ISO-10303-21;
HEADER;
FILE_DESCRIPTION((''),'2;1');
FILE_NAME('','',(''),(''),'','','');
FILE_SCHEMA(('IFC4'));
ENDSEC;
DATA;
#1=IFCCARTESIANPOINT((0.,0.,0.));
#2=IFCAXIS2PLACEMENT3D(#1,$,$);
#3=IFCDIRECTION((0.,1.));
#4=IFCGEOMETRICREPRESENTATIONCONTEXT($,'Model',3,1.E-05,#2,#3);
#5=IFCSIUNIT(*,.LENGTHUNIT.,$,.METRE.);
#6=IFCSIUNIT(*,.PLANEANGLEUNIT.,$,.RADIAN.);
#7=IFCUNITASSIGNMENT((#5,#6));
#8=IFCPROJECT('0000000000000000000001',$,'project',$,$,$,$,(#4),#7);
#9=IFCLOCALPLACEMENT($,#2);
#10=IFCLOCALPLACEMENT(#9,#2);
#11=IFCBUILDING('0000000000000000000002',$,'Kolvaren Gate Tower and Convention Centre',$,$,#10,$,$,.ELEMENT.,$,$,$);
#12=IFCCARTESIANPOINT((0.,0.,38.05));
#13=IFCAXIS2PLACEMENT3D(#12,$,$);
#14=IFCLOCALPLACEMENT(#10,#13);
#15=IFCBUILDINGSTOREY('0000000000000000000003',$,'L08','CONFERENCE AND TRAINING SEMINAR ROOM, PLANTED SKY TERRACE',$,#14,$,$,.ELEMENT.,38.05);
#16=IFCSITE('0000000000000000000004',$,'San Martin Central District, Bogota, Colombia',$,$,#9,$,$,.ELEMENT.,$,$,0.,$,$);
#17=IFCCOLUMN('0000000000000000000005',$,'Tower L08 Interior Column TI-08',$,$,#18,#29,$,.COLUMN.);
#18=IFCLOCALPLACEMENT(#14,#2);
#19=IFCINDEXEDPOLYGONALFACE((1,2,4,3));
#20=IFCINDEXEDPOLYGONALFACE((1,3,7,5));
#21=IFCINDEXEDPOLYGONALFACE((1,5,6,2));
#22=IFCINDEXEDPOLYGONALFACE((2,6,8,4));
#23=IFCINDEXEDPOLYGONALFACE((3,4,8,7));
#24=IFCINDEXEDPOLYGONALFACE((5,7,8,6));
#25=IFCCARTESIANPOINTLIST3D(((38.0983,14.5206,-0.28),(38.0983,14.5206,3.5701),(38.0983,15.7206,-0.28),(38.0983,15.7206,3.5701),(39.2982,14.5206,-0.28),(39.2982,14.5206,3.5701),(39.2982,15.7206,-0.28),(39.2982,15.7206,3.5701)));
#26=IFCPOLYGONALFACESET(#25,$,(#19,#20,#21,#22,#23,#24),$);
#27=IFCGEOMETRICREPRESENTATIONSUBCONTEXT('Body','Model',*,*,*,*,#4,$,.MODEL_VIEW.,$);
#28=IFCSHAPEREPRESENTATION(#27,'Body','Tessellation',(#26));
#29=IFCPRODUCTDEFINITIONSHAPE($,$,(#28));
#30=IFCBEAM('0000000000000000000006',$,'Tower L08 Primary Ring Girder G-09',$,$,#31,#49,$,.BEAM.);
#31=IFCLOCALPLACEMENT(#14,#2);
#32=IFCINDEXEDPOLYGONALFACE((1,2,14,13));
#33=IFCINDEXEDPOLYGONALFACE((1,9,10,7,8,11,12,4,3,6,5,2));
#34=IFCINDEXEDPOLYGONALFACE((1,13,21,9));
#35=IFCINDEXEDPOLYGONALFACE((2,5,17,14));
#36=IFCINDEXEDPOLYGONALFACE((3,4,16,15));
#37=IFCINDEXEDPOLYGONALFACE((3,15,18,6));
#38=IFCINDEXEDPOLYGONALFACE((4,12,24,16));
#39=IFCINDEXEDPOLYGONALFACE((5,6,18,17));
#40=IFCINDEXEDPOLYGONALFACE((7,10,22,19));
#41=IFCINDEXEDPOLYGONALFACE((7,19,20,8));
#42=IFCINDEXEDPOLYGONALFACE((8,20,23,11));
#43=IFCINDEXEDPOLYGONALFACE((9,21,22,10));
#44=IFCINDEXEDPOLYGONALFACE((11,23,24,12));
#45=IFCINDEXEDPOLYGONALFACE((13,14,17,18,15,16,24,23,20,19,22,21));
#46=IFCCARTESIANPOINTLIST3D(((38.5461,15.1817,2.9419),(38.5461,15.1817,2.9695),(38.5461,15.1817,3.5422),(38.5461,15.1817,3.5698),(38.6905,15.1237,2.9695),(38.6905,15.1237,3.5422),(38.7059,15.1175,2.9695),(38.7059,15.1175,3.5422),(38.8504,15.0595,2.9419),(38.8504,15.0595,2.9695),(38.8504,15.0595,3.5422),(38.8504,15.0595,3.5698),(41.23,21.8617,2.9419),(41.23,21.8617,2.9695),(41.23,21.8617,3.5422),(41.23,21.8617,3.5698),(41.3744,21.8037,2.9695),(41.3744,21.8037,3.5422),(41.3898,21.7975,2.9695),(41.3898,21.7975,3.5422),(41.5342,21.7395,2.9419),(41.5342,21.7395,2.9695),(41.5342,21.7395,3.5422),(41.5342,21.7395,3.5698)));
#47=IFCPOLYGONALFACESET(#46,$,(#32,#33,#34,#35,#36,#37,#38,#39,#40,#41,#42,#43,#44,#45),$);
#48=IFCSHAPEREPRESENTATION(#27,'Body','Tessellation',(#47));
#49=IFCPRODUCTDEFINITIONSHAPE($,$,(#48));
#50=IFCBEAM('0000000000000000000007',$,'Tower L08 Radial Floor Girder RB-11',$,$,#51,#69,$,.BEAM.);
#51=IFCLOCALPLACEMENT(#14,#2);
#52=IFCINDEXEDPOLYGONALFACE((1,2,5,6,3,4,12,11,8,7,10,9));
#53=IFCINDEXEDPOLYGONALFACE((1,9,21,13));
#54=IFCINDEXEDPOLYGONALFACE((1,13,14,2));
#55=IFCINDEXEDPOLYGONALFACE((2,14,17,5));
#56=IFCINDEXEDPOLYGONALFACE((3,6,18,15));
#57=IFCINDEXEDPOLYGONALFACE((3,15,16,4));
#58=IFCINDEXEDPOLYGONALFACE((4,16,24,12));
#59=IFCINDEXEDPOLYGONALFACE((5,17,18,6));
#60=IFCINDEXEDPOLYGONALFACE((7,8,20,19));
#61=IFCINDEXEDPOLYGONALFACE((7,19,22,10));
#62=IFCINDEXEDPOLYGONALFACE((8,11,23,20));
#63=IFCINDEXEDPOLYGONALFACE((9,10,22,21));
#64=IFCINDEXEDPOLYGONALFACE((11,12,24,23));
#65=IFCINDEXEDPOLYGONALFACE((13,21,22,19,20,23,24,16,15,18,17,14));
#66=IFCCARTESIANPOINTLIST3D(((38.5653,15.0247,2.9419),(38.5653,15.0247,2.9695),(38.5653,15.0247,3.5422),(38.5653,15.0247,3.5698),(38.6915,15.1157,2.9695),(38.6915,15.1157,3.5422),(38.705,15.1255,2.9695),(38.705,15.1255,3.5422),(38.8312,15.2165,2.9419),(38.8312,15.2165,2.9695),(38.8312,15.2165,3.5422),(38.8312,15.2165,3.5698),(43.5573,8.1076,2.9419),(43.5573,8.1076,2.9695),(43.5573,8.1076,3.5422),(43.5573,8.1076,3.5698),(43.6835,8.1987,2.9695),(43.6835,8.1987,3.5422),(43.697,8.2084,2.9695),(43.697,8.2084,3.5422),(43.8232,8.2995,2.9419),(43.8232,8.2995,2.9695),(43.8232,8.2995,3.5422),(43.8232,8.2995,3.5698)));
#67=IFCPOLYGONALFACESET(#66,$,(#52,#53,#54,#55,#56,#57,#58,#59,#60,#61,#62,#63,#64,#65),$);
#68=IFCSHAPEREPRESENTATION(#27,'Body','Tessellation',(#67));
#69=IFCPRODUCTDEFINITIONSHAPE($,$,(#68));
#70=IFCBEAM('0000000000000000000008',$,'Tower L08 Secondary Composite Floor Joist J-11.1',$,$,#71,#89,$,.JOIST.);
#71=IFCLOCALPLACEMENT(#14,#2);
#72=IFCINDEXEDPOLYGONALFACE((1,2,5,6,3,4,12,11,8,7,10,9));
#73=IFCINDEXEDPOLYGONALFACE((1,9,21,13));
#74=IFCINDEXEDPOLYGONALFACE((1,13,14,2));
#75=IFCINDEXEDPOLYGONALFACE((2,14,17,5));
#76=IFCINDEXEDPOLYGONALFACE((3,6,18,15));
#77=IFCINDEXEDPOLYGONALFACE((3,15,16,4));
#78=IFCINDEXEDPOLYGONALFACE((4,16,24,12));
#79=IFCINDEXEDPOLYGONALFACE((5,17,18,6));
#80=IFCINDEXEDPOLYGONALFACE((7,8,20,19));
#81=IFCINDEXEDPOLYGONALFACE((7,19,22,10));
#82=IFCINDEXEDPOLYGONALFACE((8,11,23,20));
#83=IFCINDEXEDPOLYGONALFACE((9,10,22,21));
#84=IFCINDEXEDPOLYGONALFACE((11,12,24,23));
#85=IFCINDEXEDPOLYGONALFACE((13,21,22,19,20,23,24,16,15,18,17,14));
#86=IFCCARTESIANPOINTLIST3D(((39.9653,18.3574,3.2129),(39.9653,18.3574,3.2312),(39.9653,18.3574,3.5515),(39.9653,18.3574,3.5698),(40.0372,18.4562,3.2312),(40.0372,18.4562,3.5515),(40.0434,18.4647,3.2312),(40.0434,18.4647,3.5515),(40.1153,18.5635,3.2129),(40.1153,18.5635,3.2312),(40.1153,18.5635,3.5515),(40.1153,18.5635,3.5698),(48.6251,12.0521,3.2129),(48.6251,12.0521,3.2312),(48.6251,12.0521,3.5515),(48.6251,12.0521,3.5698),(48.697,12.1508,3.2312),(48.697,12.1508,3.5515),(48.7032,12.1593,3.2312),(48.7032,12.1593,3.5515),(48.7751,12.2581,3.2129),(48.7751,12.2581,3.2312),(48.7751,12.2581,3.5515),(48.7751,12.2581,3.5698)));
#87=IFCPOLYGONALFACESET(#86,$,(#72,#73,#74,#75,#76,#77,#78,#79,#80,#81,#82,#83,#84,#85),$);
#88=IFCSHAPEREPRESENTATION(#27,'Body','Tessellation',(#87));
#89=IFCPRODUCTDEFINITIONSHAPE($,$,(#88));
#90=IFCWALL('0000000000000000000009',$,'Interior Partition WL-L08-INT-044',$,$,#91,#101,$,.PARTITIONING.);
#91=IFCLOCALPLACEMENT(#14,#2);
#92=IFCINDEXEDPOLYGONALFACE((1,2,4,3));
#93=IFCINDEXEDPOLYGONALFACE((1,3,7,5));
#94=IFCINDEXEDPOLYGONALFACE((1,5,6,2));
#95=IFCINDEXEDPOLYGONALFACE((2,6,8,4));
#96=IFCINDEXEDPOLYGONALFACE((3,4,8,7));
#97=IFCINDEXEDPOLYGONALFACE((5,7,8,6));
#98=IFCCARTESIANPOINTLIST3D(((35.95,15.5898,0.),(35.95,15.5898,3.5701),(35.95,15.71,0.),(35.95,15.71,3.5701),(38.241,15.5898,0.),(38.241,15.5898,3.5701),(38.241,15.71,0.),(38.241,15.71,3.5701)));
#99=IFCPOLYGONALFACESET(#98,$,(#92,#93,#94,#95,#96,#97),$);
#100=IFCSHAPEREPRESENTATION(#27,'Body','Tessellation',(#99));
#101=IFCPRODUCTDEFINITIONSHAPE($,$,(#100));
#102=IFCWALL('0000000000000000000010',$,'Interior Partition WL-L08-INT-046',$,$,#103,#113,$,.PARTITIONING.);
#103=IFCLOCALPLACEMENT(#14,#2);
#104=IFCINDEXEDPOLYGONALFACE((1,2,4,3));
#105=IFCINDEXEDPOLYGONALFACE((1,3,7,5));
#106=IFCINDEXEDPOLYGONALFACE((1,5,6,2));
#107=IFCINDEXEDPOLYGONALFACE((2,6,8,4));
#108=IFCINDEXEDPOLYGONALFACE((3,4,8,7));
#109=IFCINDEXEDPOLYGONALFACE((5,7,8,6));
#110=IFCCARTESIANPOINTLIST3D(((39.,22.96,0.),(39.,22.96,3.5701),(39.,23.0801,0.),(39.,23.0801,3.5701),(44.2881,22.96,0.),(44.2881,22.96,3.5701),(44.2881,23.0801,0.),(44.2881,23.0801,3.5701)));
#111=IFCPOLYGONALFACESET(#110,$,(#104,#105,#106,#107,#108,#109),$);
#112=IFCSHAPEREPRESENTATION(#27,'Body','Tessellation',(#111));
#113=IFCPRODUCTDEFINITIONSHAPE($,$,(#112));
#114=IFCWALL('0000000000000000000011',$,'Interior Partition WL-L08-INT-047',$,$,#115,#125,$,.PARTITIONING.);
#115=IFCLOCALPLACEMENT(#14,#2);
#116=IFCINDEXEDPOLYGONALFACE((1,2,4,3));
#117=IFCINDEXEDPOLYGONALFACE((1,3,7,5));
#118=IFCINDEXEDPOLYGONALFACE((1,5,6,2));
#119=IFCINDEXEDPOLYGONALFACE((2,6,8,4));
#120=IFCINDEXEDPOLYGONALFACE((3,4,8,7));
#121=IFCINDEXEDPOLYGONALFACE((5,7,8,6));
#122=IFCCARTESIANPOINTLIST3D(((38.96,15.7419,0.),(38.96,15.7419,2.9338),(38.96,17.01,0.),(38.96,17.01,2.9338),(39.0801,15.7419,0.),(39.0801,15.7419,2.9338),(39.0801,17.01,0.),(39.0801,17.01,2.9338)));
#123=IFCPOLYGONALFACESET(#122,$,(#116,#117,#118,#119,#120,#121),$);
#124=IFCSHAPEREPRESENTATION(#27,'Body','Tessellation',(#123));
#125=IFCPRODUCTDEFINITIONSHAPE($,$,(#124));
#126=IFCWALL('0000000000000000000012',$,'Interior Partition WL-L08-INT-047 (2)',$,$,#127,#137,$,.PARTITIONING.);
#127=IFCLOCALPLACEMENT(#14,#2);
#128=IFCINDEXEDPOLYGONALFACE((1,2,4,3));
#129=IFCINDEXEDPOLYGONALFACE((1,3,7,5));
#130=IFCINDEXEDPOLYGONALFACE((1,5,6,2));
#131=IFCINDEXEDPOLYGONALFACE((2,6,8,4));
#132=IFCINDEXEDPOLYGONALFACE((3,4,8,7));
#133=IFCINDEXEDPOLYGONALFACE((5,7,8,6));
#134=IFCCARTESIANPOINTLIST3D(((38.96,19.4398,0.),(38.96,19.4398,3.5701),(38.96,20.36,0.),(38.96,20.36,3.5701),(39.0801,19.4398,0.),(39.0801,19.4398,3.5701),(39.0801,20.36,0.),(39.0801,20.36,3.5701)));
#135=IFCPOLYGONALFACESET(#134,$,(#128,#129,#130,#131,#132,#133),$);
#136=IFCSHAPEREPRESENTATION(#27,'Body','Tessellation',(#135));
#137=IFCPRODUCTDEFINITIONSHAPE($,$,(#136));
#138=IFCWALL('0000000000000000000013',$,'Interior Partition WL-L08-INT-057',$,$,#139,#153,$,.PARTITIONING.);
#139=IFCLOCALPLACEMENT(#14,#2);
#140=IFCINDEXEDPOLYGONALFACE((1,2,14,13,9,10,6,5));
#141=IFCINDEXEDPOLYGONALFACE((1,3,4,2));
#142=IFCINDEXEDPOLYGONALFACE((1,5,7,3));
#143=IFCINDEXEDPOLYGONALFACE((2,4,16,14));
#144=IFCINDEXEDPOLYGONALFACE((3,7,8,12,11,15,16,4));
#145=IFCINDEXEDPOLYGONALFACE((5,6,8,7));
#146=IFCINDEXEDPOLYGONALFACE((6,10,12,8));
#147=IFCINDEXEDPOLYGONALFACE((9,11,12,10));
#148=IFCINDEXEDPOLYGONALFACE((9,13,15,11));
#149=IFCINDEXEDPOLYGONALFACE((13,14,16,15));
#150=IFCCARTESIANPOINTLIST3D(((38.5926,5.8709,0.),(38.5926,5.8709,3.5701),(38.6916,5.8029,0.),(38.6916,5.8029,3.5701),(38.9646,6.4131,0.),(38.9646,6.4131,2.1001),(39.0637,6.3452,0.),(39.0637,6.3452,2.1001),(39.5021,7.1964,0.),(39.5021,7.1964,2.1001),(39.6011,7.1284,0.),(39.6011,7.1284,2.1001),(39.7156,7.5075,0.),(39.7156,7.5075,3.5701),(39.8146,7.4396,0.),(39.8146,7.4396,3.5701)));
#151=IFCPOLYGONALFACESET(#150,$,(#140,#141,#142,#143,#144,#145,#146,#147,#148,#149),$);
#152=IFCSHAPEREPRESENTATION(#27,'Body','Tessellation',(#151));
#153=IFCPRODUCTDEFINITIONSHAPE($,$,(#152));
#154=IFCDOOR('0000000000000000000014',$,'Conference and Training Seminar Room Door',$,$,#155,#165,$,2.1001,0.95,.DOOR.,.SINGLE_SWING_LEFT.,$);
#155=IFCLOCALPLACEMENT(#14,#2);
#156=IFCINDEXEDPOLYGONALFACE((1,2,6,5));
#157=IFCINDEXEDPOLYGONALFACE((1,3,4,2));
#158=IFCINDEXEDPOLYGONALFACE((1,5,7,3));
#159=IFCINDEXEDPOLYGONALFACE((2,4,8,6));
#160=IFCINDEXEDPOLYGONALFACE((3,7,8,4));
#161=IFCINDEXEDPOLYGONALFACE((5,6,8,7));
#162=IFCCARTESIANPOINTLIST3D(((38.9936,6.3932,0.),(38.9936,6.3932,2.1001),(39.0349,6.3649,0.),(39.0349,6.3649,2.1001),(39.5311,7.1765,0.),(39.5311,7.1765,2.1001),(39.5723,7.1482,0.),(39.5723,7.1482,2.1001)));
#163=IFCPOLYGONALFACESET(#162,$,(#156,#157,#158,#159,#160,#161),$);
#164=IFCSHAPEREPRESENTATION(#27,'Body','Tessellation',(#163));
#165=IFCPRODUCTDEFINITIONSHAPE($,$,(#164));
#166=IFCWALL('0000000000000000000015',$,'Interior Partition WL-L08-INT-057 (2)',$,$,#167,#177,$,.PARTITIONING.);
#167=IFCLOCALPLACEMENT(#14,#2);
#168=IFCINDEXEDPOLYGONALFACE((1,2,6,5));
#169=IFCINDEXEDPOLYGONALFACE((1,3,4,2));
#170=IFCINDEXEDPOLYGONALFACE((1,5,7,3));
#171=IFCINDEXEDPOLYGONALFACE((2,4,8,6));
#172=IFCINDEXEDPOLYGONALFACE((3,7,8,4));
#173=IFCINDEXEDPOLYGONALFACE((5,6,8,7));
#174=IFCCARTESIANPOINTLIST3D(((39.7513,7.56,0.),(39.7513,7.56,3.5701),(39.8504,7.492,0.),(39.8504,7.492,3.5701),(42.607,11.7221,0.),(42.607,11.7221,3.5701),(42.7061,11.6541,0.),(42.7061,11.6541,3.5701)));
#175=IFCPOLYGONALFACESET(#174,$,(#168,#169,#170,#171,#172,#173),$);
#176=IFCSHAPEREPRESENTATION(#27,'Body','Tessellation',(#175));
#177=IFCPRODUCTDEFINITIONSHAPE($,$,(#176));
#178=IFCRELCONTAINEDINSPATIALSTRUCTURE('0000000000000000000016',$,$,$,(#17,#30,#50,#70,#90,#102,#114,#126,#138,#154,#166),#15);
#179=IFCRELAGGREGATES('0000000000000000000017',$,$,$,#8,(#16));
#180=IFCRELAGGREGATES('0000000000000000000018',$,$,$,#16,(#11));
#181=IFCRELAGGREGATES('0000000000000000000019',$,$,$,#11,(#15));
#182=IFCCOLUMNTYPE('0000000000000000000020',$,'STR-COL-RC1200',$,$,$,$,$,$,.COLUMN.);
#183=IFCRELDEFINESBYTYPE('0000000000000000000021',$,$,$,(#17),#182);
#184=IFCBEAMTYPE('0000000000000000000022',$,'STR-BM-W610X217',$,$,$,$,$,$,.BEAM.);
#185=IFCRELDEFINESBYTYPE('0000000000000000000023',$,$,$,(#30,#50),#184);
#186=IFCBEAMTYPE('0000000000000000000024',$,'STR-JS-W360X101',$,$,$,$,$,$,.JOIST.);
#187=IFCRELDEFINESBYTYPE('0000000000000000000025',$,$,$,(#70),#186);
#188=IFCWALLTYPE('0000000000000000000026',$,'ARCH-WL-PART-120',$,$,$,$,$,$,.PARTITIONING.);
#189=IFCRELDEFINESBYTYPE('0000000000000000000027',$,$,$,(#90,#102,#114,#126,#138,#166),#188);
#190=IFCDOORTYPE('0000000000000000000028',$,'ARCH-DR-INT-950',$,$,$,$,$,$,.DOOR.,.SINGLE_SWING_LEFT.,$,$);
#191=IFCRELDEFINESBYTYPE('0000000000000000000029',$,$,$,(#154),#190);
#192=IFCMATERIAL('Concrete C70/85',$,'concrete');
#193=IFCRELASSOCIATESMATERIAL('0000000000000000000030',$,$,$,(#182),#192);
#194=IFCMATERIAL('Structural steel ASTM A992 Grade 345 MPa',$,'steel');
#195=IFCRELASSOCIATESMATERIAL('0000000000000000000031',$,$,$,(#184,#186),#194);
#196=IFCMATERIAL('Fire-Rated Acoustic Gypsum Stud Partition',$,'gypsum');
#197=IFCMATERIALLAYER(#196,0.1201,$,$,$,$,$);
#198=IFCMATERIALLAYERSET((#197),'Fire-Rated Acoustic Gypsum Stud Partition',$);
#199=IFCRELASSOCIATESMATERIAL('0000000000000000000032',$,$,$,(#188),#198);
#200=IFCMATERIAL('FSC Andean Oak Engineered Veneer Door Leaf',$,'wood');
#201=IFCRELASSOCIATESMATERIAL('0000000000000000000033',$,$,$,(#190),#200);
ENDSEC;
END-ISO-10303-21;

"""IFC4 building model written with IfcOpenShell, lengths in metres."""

from ifc_helpers import new_model, si_unit, direction, frame, frame_2d, origin, origin_2d, place, context, subcontext, project, spatial, rectangle, i_section, extrude, material, layer, layer_set, material_profile, profile_set, type_object, element, fill, save


model = new_model("IFC4")

# Units and contexts
model_context = context("Model", 3, precision=1e-05, world=origin(), true_north=direction((0.0, 1.0)))
body_context = subcontext(model_context, "Body", "Model", "MODEL_VIEW")
ifc_project = project(units=[si_unit("LENGTHUNIT", "METRE"), si_unit("PLANEANGLEUNIT", "RADIAN")], contexts=[model_context])

# Site, building, storey
site_placement = place(None, origin())
site = spatial("IfcSite", under=ifc_project, at=site_placement, Name="San Martin Central District, Bogota, Colombia", CompositionType="ELEMENT", RefElevation=0.0)
building_placement = place(site_placement, origin())
building = spatial("IfcBuilding", under=site, at=building_placement, Name="Kolvaren Gate Tower and Convention Centre", CompositionType="ELEMENT")
storey_placement = place(building_placement, frame((0.0, 0.0, 38.05)))
storey = spatial("IfcBuildingStorey", under=building, at=storey_placement, Name="L08", Description="CONFERENCE AND TRAINING SEMINAR ROOM, PLANTED SKY TERRACE", CompositionType="ELEMENT", Elevation=38.05)

# Column
ifc_material_1 = material(Name="Concrete C70/85", Category="concrete")
ifc_material_profile_1 = material_profile(ifc_material_1, rectangle(XDim=1.2, YDim=1.2, at=origin_2d()), Name="RC-COL-1200X1200")
ifc_profile_set_1 = profile_set([ifc_material_profile_1], Name="Concrete C70/85")
column_type = type_object("IfcColumnType", Name="STR-COL-RC1200", PredefinedType="COLUMN", material=ifc_profile_set_1)
column_placement = place(storey_placement, frame((38.6982, 15.1206, -0.28), z_axis=(0.0, 0.0, 1.0), x_axis=(1.0, 0.0, 0.0)))
element("IfcColumn", 1, at=column_placement, inside=storey, type_object=column_type, Name="Tower L08 Interior Column TI-08", PredefinedType="COLUMN", context=body_context, shape_type="SweptSolid", body=[
    extrude(rectangle(XDim=1.2, YDim=1.2, at=origin_2d()), origin(), (0.0, 0.0, 1.0), 3.8501),
])

# Beams
ifc_material_2 = material(Name="Structural steel ASTM A992 Grade 345 MPa", Category="steel")
ifc_material_profile_2 = material_profile(ifc_material_2, i_section(OverallWidth=0.3279, OverallDepth=0.6279, WebThickness=0.0166, FlangeThickness=0.0276, at=origin_2d()), Name="W610X217")
ifc_profile_set_2 = profile_set([ifc_material_profile_2], Name="Structural steel ASTM A992 Grade 345 MPa")
beam_type_1 = type_object("IfcBeamType", Name="STR-BM-W610X217", PredefinedType="BEAM", material=ifc_profile_set_2)
beam_1_placement = place(storey_placement, frame((38.6982, 15.1206, 3.2559), z_axis=(0.372811, 0.927907, 0.0), x_axis=(-0.927907, 0.372811, 0.0)))
element("IfcBeam", 2, at=beam_1_placement, inside=storey, type_object=beam_type_1, Name="Tower L08 Primary Ring Girder G-09", PredefinedType="BEAM", context=body_context, shape_type="SweptSolid", body=[
    extrude(i_section(OverallWidth=0.3279, OverallDepth=0.6279, WebThickness=0.0166, FlangeThickness=0.0276, at=origin_2d()), origin(), (0.0, 0.0, 1.0), 7.199),
])
beam_2_placement = place(storey_placement, frame((38.6982, 15.1206, 3.2559), z_axis=(0.585208, -0.810883, 0.0), x_axis=(0.810883, 0.585208, 0.0)))
element("IfcBeam", 3, at=beam_2_placement, inside=storey, type_object=beam_type_1, Name="Tower L08 Radial Floor Girder RB-11", PredefinedType="BEAM", context=body_context, shape_type="SweptSolid", body=[
    extrude(i_section(OverallWidth=0.3279, OverallDepth=0.6279, WebThickness=0.0166, FlangeThickness=0.0276, at=origin_2d()), origin(), (0.0, 0.0, 1.0), 8.5303),
])
ifc_material_profile_3 = material_profile(ifc_material_2, i_section(OverallWidth=0.2549, OverallDepth=0.3569, WebThickness=0.0105, FlangeThickness=0.0183, at=origin_2d()), Name="W360X101")
ifc_profile_set_3 = profile_set([ifc_material_profile_3], Name="Structural steel ASTM A992 Grade 345 MPa")
beam_type_2 = type_object("IfcBeamType", Name="STR-JS-W360X101", PredefinedType="JOIST", material=ifc_profile_set_3)
beam_3_placement = place(storey_placement, frame((40.0403, 18.4604, 3.3914), z_axis=(0.808412, -0.588617, 0.0), x_axis=(0.588617, 0.808412, 0.0)))
element("IfcBeam", 4, at=beam_3_placement, inside=storey, type_object=beam_type_2, Name="Tower L08 Secondary Composite Floor Joist J-11.1", PredefinedType="JOIST", context=body_context, shape_type="SweptSolid", body=[
    extrude(i_section(OverallWidth=0.2549, OverallDepth=0.3569, WebThickness=0.0105, FlangeThickness=0.0183, at=origin_2d()), origin(), (0.0, 0.0, 1.0), 10.7122),
])

# Walls
ifc_material_3 = material(Name="Fire-Rated Acoustic Gypsum Stud Partition", Category="gypsum")
ifc_layer_1 = layer(ifc_material_3, 0.1201)
ifc_layer_set_1 = layer_set([ifc_layer_1], Name="Fire-Rated Acoustic Gypsum Stud Partition")
wall_type_1 = type_object("IfcWallType", Name="ARCH-WL-PART-120", PredefinedType="PARTITIONING", material=ifc_layer_set_1)
wall_1_placement = place(storey_placement, frame((35.95, 15.6499, 0.0), z_axis=(0.0, 0.0, 1.0), x_axis=(1.0, 0.0, 0.0)))
element("IfcWall", 5, at=wall_1_placement, inside=storey, type_object=wall_type_1, Name="Interior Partition WL-L08-INT-044", PredefinedType="PARTITIONING", context=body_context, shape_type="SweptSolid", body=[
    extrude(rectangle(XDim=2.291, YDim=0.1201, at=frame_2d((1.1455, 0.0))), origin(), (0.0, 0.0, 1.0), 3.5701),
])
wall_2_placement = place(storey_placement, frame((39.0, 23.02, 0.0), z_axis=(0.0, 0.0, 1.0), x_axis=(1.0, 0.0, 0.0)))
element("IfcWall", 6, at=wall_2_placement, inside=storey, type_object=wall_type_1, Name="Interior Partition WL-L08-INT-046", PredefinedType="PARTITIONING", context=body_context, shape_type="SweptSolid", body=[
    extrude(rectangle(XDim=5.2881, YDim=0.1201, at=frame_2d((2.644, 0.0))), origin(), (0.0, 0.0, 1.0), 3.5701),
])
wall_3_placement = place(storey_placement, frame((39.02, 15.7419, 0.0), z_axis=(0.0, 0.0, 1.0), x_axis=(0.0, 1.0, 0.0)))
element("IfcWall", 7, at=wall_3_placement, inside=storey, type_object=wall_type_1, Name="Interior Partition WL-L08-INT-047", PredefinedType="PARTITIONING", context=body_context, shape_type="SweptSolid", body=[
    extrude(rectangle(XDim=1.2681, YDim=0.1201, at=frame_2d((0.634, 0.0))), origin(), (0.0, 0.0, 1.0), 2.9338),
])
wall_4_placement = place(storey_placement, frame((39.02, 19.4399, 0.0), z_axis=(0.0, 0.0, 1.0), x_axis=(0.0, 1.0, 0.0)))
element("IfcWall", 8, at=wall_4_placement, inside=storey, type_object=wall_type_1, Name="Interior Partition WL-L08-INT-047 (2)", PredefinedType="PARTITIONING", context=body_context, shape_type="SweptSolid", body=[
    extrude(rectangle(XDim=0.9202, YDim=0.1201, at=frame_2d((0.46, 0.0))), origin(), (0.0, 0.0, 1.0), 3.5701),
])

# Wall, opening, door
wall_5_placement = place(storey_placement, frame((38.6421, 5.8369, 0.0), z_axis=(0.0, 0.0, 1.0), x_axis=(0.565777, 0.824558, 0.0)))
wall_5 = element("IfcWall", 9, at=wall_5_placement, inside=storey, type_object=wall_type_1, Name="Interior Partition WL-L08-INT-057", PredefinedType="PARTITIONING", context=body_context, shape_type="SweptSolid", body=[
    extrude(rectangle(XDim=1.9849, YDim=0.1201, at=frame_2d((0.9924, 0.0))), origin(), (0.0, 0.0, 1.0), 3.5701),
])
opening_1_placement = place(wall_5_placement, frame((0.6575, 0.0, 0.0)))
opening_1 = element("IfcOpeningElement", 10, at=opening_1_placement, cuts=wall_5, PredefinedType="OPENING", context=body_context, shape_type="SweptSolid", body=[
    extrude(rectangle(XDim=0.95, YDim=2.1001, at=frame_2d((0.4751, 1.05))), frame((0.0, 0.0701, 0.0), z_axis=(0.0, -1.0, 0.0), x_axis=(1.0, 0.0, 0.0)), (0.0, 0.0, 1.0), 0.1401),
])
ifc_material_4 = material(Name="FSC Andean Oak Engineered Veneer Door Leaf", Category="wood")
door_type = type_object("IfcDoorType", Name="ARCH-DR-INT-950", OperationType="SINGLE_SWING_LEFT", PredefinedType="DOOR", material=ifc_material_4)
door_placement = place(opening_1_placement, origin())
door = element("IfcDoor", 11, at=door_placement, inside=storey, type_object=door_type, Name="Conference and Training Seminar Room Door", OperationType="SINGLE_SWING_LEFT", OverallHeight=2.1001, OverallWidth=0.95, PredefinedType="DOOR", context=body_context, shape_type="SweptSolid", body=[
    extrude(rectangle(XDim=0.95, YDim=2.1001, at=frame_2d((0.4751, 1.05))), frame((0.0, 0.0249, 0.0), z_axis=(0.0, -1.0, 0.0), x_axis=(1.0, 0.0, 0.0)), (0.0, 0.0, 1.0), 0.05),
])
fill(opening_1, door)

# Wall
wall_6_placement = place(storey_placement, frame((39.8008, 7.5259, 0.0), z_axis=(0.0, 0.0, 1.0), x_axis=(0.565757, 0.824572, 0.0)))
element("IfcWall", 12, at=wall_6_placement, inside=storey, type_object=wall_type_1, Name="Interior Partition WL-L08-INT-057 (2)", PredefinedType="PARTITIONING", context=body_context, shape_type="SweptSolid", body=[
    extrude(rectangle(XDim=5.0476, YDim=0.1201, at=frame_2d((2.5239, 0.0))), origin(), (0.0, 0.0, 1.0), 3.5701),
])

save(model, "model.ifc")
